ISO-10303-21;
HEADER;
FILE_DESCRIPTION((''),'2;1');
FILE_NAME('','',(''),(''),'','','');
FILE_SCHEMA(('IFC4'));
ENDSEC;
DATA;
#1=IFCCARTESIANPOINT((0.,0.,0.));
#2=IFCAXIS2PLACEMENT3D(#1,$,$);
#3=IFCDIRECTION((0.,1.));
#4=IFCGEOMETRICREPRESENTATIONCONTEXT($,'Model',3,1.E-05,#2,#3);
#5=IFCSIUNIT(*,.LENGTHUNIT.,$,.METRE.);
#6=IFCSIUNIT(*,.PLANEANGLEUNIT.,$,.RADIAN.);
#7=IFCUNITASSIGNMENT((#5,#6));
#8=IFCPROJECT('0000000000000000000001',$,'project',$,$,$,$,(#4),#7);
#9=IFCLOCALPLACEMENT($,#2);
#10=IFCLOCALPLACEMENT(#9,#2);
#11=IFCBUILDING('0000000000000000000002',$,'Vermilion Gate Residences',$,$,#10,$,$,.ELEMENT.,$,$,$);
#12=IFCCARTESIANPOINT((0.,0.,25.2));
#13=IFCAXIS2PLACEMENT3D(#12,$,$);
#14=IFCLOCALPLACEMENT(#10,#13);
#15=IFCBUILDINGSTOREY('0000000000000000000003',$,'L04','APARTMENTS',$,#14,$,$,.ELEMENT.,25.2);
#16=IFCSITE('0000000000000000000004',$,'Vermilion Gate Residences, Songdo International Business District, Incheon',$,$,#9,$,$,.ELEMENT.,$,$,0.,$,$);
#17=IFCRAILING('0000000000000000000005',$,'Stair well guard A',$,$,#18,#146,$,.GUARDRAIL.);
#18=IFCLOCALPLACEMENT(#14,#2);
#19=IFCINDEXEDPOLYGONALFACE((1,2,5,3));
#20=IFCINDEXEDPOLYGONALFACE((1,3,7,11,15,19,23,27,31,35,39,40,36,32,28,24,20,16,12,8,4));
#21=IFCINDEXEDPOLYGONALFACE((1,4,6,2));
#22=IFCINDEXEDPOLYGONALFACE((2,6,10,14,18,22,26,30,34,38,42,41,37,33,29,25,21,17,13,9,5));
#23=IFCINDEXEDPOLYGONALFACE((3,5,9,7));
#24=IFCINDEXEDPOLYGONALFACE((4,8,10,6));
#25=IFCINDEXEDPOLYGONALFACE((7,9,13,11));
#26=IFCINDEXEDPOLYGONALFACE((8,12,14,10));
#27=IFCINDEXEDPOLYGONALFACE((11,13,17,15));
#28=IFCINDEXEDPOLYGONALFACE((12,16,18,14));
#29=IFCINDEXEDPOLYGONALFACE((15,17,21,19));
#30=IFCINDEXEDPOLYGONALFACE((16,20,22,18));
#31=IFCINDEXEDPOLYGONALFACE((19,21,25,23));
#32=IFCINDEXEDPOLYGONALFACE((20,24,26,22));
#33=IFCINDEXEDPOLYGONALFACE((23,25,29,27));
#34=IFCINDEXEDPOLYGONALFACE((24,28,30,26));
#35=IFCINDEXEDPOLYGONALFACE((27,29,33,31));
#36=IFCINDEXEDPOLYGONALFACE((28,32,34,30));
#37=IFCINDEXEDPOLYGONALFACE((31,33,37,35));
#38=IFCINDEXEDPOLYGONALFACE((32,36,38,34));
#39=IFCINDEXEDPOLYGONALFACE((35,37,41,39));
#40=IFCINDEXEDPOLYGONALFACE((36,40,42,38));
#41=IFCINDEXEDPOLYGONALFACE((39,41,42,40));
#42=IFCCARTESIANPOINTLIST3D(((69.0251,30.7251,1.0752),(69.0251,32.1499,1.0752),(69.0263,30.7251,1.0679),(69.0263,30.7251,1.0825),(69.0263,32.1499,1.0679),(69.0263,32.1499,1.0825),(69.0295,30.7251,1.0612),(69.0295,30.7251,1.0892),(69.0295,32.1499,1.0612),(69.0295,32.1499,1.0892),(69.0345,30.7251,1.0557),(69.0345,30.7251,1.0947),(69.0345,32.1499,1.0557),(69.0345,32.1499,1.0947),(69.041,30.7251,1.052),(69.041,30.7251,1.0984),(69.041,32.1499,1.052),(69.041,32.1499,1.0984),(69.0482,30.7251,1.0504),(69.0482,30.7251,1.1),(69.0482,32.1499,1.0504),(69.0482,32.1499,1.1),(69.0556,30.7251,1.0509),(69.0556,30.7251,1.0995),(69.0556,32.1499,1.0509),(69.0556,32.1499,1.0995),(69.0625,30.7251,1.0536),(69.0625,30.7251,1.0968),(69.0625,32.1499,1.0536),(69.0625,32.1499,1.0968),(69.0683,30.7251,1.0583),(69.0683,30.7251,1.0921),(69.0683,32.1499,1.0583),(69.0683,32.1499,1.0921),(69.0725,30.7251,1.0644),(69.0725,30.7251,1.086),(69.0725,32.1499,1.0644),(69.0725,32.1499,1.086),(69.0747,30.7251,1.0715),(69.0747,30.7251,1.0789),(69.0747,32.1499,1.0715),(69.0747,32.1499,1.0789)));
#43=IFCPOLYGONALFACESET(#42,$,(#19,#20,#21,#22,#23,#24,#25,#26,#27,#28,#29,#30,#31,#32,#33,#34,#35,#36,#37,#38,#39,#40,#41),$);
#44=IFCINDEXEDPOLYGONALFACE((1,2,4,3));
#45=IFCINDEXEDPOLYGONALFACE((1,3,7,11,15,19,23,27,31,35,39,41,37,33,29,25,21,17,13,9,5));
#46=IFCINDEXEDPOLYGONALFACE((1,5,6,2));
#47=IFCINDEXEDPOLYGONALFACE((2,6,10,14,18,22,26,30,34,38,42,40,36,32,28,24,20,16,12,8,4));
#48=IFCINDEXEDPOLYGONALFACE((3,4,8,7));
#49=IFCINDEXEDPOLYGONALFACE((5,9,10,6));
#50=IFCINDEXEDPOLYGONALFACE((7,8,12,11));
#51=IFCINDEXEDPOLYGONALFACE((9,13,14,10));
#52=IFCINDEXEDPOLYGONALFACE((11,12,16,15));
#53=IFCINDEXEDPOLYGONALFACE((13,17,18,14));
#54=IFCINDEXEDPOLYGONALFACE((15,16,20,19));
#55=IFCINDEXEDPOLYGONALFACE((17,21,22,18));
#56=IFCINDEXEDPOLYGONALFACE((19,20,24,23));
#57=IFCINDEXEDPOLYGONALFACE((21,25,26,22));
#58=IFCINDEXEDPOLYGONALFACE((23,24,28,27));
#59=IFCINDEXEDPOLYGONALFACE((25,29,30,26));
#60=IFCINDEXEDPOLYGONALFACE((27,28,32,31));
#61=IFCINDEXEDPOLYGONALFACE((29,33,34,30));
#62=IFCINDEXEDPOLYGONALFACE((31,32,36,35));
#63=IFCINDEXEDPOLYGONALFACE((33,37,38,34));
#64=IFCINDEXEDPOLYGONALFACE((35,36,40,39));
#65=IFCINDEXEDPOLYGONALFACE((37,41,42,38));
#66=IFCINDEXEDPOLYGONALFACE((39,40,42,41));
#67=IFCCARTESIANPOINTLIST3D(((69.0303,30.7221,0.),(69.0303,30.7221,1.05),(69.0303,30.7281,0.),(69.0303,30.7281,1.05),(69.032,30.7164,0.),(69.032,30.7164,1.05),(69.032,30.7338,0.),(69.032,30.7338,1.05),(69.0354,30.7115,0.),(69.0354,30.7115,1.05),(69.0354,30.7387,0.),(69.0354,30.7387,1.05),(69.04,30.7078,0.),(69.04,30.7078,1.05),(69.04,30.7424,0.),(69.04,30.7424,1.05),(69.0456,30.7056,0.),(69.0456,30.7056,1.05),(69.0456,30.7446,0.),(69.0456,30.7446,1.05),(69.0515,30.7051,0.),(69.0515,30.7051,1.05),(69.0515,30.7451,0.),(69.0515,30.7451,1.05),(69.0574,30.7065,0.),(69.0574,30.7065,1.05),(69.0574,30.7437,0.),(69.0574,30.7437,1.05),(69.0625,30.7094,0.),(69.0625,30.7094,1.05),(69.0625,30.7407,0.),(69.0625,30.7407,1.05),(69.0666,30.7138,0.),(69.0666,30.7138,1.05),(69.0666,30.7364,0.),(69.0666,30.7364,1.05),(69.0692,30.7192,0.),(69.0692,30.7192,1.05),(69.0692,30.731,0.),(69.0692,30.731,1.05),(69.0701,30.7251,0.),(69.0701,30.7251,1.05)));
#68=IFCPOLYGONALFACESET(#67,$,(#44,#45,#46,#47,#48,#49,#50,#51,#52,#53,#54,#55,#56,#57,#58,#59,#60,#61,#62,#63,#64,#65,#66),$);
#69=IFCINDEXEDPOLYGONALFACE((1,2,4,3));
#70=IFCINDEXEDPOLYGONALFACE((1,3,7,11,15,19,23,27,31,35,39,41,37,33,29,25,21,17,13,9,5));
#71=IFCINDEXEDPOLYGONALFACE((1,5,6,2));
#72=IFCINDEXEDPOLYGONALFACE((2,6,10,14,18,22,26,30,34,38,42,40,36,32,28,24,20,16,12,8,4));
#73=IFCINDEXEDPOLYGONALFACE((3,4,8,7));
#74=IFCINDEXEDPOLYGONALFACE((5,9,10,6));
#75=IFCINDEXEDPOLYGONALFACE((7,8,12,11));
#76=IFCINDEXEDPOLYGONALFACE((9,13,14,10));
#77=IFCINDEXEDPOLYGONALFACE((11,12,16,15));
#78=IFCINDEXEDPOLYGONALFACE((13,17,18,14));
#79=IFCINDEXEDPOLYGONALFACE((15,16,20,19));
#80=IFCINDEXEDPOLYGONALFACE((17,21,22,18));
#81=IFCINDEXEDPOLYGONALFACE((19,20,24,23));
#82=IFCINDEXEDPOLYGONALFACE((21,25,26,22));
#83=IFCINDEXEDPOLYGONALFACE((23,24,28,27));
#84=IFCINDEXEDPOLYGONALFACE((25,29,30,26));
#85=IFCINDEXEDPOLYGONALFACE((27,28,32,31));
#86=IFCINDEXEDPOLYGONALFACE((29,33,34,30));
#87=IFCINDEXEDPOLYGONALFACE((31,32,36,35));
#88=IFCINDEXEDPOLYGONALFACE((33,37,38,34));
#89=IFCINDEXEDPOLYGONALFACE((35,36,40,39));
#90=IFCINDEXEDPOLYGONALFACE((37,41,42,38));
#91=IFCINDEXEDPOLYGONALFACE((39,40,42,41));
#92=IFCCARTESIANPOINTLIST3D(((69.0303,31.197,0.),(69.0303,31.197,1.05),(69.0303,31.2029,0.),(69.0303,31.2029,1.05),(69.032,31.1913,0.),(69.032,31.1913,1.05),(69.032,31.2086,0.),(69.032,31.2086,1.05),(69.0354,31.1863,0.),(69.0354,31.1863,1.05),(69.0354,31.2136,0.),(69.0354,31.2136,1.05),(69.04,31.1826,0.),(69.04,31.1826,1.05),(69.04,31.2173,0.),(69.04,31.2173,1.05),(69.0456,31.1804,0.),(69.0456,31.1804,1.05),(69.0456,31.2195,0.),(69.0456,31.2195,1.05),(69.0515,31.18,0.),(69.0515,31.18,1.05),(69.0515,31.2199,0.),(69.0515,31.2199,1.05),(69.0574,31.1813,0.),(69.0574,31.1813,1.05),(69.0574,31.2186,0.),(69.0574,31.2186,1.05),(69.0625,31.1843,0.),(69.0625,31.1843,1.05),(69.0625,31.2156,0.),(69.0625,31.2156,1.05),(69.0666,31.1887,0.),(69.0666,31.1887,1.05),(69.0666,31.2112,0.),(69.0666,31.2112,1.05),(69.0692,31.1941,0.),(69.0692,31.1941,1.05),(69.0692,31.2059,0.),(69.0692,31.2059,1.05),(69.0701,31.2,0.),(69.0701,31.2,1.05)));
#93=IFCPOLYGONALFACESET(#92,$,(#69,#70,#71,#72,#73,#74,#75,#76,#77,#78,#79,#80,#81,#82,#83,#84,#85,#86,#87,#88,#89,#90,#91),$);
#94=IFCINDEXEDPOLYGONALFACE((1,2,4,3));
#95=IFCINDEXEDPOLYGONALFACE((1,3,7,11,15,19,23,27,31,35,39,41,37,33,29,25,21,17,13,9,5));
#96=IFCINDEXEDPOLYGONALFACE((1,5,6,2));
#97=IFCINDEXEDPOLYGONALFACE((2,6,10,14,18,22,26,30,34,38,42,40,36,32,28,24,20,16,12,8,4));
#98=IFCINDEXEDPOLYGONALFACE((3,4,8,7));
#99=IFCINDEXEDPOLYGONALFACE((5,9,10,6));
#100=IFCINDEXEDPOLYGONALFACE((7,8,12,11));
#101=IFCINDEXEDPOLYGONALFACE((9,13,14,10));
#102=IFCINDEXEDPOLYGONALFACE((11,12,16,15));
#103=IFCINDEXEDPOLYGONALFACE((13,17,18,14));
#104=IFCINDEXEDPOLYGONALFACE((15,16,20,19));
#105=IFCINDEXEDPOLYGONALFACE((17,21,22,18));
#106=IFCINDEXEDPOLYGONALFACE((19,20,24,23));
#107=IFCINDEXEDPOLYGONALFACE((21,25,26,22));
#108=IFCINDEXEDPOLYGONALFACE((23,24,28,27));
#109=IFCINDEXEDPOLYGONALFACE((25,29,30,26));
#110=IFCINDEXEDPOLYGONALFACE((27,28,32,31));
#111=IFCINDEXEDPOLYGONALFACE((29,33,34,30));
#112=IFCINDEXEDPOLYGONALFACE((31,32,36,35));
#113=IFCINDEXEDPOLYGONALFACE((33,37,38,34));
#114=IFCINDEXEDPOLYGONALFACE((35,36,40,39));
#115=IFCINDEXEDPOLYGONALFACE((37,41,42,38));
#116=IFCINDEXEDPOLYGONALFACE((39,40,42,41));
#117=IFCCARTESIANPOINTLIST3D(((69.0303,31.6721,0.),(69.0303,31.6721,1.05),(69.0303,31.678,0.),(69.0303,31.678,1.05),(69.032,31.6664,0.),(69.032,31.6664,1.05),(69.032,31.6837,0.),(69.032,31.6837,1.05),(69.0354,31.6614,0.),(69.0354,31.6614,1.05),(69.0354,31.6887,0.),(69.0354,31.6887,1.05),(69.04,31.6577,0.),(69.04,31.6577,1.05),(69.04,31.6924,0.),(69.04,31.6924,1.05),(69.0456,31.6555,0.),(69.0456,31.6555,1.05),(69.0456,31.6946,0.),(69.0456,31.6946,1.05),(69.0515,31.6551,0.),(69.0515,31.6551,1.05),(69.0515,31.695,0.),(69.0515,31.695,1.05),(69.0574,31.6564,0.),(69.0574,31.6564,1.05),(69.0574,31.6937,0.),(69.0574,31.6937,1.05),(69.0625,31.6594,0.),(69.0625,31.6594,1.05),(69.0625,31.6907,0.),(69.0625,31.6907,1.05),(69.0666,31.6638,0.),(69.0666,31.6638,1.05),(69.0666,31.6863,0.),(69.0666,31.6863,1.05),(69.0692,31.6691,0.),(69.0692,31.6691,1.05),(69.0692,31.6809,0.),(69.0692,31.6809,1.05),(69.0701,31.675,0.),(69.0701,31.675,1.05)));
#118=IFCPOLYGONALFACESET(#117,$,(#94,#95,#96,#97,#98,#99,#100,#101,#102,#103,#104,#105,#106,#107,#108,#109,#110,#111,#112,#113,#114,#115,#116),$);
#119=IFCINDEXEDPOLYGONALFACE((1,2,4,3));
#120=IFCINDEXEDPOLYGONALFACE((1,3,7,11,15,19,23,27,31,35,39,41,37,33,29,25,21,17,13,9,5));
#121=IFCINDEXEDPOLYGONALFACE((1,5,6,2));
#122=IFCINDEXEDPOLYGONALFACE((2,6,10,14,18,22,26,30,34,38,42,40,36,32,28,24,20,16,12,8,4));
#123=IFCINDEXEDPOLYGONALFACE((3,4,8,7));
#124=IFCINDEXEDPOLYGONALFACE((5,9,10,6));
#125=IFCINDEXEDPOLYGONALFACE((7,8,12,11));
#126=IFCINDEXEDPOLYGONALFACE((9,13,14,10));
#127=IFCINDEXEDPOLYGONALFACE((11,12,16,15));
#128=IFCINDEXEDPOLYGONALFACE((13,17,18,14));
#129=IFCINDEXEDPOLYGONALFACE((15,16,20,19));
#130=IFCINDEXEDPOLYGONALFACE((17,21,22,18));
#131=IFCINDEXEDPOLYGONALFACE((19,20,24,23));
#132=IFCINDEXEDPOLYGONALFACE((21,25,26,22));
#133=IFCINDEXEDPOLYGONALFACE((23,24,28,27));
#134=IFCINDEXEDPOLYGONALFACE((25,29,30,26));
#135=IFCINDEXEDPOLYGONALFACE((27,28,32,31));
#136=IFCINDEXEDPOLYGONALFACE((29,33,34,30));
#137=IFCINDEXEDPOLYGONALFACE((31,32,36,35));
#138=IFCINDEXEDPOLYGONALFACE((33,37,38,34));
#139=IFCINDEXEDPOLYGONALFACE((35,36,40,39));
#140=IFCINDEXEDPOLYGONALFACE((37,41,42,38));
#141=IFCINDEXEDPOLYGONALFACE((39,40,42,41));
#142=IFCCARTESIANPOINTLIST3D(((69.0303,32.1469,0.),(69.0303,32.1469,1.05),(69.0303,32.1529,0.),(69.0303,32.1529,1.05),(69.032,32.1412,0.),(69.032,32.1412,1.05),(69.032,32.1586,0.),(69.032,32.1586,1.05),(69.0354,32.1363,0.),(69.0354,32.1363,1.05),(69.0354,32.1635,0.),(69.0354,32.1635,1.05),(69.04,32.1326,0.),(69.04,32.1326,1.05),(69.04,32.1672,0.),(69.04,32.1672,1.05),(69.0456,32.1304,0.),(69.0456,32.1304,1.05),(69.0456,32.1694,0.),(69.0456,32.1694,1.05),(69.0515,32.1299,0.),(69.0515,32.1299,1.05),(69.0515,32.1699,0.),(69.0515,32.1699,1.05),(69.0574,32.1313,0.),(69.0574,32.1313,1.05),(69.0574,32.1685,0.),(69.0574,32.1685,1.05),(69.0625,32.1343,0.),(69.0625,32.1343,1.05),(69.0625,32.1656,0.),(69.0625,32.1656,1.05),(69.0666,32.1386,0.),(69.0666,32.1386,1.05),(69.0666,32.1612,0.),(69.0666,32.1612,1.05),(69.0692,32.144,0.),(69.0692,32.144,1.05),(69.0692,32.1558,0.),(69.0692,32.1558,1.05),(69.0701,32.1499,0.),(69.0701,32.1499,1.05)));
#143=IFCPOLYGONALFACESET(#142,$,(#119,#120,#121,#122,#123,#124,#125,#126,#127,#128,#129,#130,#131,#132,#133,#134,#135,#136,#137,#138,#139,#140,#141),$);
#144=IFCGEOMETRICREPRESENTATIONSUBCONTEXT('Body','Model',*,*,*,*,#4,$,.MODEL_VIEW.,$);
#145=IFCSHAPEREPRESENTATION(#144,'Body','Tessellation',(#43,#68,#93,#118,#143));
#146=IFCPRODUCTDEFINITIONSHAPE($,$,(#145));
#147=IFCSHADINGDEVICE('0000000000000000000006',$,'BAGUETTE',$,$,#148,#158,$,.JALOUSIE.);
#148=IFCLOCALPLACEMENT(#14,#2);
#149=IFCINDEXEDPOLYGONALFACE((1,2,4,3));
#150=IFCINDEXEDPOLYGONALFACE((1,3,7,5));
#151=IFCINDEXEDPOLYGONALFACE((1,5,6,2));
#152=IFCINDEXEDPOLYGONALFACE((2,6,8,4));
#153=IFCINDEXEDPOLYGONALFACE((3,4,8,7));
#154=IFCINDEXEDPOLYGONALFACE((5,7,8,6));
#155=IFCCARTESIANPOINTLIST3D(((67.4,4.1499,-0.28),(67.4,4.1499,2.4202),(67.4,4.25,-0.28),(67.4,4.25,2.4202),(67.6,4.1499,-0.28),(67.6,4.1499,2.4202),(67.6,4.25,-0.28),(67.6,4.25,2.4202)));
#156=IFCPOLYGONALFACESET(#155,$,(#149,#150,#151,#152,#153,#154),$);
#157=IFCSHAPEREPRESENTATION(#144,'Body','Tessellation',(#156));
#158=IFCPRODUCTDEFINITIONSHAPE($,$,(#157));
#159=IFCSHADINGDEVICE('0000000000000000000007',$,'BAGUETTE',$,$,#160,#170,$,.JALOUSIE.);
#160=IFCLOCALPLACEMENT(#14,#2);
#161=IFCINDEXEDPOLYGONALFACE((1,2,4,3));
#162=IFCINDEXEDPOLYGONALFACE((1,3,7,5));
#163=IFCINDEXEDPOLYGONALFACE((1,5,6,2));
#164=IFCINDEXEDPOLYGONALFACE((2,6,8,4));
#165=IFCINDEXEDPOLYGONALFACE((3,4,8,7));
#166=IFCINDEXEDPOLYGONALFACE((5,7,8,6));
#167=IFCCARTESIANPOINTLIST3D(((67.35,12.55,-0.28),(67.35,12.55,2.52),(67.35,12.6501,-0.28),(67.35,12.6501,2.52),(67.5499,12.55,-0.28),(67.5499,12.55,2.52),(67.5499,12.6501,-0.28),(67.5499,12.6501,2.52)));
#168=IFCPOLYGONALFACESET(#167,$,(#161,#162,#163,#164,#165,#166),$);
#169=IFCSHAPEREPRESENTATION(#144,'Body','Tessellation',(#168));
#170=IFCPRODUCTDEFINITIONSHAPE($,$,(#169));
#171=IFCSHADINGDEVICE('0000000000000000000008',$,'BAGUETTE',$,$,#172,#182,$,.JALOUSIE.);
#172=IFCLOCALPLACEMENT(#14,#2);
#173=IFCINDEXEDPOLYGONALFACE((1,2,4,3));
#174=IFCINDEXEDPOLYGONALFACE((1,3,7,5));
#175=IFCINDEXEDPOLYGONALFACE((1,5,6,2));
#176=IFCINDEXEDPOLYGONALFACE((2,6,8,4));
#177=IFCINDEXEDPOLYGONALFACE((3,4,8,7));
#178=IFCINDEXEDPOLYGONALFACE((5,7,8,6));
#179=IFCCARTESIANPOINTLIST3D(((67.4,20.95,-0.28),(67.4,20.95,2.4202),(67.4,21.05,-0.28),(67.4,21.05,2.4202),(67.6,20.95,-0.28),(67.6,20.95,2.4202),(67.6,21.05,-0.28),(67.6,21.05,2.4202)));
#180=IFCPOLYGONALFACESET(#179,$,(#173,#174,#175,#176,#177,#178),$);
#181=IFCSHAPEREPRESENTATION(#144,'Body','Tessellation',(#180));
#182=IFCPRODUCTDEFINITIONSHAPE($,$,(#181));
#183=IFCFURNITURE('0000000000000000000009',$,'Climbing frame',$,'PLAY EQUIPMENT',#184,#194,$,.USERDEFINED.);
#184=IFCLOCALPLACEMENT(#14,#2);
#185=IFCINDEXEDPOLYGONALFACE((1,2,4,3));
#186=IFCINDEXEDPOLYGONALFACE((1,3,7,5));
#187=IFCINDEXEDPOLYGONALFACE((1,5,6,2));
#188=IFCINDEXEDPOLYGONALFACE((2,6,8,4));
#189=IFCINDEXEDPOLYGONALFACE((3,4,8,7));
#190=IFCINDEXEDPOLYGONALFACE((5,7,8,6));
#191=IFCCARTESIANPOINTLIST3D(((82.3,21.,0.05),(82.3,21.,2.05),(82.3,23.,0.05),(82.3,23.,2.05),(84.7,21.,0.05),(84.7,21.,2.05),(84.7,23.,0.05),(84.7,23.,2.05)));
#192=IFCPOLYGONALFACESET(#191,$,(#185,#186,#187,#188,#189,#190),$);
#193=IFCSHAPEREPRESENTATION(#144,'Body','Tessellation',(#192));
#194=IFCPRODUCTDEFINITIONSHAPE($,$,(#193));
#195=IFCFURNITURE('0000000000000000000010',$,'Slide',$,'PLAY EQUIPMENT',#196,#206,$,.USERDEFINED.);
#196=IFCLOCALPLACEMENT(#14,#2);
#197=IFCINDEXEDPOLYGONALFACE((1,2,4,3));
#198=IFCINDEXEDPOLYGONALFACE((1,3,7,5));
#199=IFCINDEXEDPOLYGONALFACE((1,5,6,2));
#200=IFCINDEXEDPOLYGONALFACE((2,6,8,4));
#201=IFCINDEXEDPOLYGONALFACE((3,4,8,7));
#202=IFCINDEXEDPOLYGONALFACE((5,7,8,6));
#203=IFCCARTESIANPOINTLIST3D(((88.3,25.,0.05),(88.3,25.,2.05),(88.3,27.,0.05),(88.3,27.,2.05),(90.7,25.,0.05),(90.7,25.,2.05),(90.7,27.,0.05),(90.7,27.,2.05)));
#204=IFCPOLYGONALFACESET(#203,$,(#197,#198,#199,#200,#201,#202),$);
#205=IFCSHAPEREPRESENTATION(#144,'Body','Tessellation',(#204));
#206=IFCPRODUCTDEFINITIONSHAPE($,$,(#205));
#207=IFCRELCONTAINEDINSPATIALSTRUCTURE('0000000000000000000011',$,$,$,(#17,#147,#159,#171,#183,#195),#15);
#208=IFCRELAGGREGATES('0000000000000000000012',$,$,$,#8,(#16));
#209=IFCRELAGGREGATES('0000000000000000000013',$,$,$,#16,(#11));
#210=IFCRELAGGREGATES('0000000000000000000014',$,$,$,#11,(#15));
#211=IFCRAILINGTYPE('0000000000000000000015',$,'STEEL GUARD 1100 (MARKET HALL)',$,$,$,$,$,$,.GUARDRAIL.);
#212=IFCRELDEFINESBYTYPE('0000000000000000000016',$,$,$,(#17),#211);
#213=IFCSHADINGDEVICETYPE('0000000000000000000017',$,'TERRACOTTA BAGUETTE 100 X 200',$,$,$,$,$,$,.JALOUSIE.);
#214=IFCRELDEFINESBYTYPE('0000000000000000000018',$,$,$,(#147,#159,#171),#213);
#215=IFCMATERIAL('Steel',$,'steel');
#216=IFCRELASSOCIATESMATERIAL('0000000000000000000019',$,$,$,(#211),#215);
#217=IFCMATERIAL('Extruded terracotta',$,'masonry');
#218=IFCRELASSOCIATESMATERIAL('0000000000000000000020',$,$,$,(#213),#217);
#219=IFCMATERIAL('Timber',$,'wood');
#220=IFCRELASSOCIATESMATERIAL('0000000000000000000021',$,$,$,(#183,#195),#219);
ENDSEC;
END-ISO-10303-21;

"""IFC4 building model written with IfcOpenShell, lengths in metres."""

from ifc_helpers import new_model, si_unit, direction, frame, origin, origin_2d, place, context, subcontext, project, spatial, rectangle, circle, extrude, material, material_profile, profile_set, type_object, element, save


model = new_model("IFC4")

# Units and contexts
model_context = context("Model", 3, precision=1e-05, world=origin(), true_north=direction((0.0, 1.0)))
body_context = subcontext(model_context, "Body", "Model", "MODEL_VIEW")
ifc_project = project(units=[si_unit("LENGTHUNIT", "METRE"), si_unit("PLANEANGLEUNIT", "RADIAN")], contexts=[model_context])

# Site, building, storey
site_placement = place(None, origin())
site = spatial("IfcSite", under=ifc_project, at=site_placement, Name="Vermilion Gate Residences, Songdo International Business District, Incheon", CompositionType="ELEMENT", RefElevation=0.0)
building_placement = place(site_placement, origin())
building = spatial("IfcBuilding", under=site, at=building_placement, Name="Vermilion Gate Residences", CompositionType="ELEMENT")
storey_placement = place(building_placement, frame((0.0, 0.0, 25.2)))
storey = spatial("IfcBuildingStorey", under=building, at=storey_placement, Name="L04", Description="APARTMENTS", CompositionType="ELEMENT", Elevation=25.2)

# Railing
ifc_material_1 = material(Name="Steel", Category="steel")
railing_type = type_object("IfcRailingType", Name="STEEL GUARD 1100 (MARKET HALL)", PredefinedType="GUARDRAIL", material=ifc_material_1)
railing_1_placement = place(storey_placement, frame((69.05, 30.7251, 0.0)))
element("IfcRailing", 1, at=railing_1_placement, inside=storey, type_object=railing_type, Name="Stair well guard A", PredefinedType="GUARDRAIL", context=body_context, shape_type="SweptSolid", body=[
    extrude(circle(Radius=0.0249, at=origin_2d()), frame((0.0, 0.0, 1.0752), z_axis=(0.0, 1.0, 0.0), x_axis=(-1.0, 0.0, 0.0)), (0.0, 0.0, 1.0), 1.4248),
    extrude(circle(Radius=0.02, at=origin_2d()), origin(), (0.0, 0.0, 1.0), 1.05),
    extrude(circle(Radius=0.02, at=origin_2d()), frame((0.0, 0.4749, 0.0)), (0.0, 0.0, 1.0), 1.05),
    extrude(circle(Radius=0.02, at=origin_2d()), frame((0.0, 0.95, 0.0)), (0.0, 0.0, 1.0), 1.05),
    extrude(circle(Radius=0.02, at=origin_2d()), frame((0.0, 1.4248, 0.0)), (0.0, 0.0, 1.0), 1.05),
])

# Shading devices
ifc_material_2 = material(Name="Extruded terracotta", Category="masonry")
ifc_material_profile = material_profile(ifc_material_2, rectangle(XDim=0.2, YDim=0.1001, at=origin_2d()), Name="BAGUETTE 100 X 200")
ifc_profile_set = profile_set([ifc_material_profile], Name="Extruded terracotta")
shading_device_type_1 = type_object("IfcShadingDeviceType", Name="TERRACOTTA BAGUETTE 100 X 200", PredefinedType="JALOUSIE", material=ifc_profile_set)
shading_device_1_placement = place(storey_placement, frame((67.5, 4.2, -0.28), z_axis=(0.0, 0.0, 1.0), x_axis=(-1.0, 0.0, 0.0)))
element("IfcShadingDevice", 2, at=shading_device_1_placement, inside=storey, type_object=shading_device_type_1, Name="BAGUETTE", PredefinedType="JALOUSIE", context=body_context, shape_type="SweptSolid", body=[
    extrude(rectangle(XDim=0.2, YDim=0.1001, at=origin_2d()), origin(), (0.0, 0.0, 1.0), 2.7002),
])
shading_device_2_placement = place(storey_placement, frame((67.45, 12.6001, -0.28), z_axis=(0.0, 0.0, 1.0), x_axis=(-1.0, 0.0, 0.0)))
element("IfcShadingDevice", 3, at=shading_device_2_placement, inside=storey, type_object=shading_device_type_1, Name="BAGUETTE", PredefinedType="JALOUSIE", context=body_context, shape_type="SweptSolid", body=[
    extrude(rectangle(XDim=0.2, YDim=0.1001, at=origin_2d()), origin(), (0.0, 0.0, 1.0), 2.8),
])
shading_device_3_placement = place(storey_placement, frame((67.5, 21.0, -0.28), z_axis=(0.0, 0.0, 1.0), x_axis=(-1.0, 0.0, 0.0)))
element("IfcShadingDevice", 4, at=shading_device_3_placement, inside=storey, type_object=shading_device_type_1, Name="BAGUETTE", PredefinedType="JALOUSIE", context=body_context, shape_type="SweptSolid", body=[
    extrude(rectangle(XDim=0.2, YDim=0.1001, at=origin_2d()), origin(), (0.0, 0.0, 1.0), 2.7002),
])

# Furniture
ifc_material_3 = material(Name="Timber", Category="wood")
for number, where, z_axis, x_axis, name in (
    (5, (83.5, 22.0, 0.05), (0.0, 0.0, 1.0), (1.0, 0.0, 0.0), "Climbing frame"),
    (6, (89.5, 26.0, 0.05), (0.0, 0.0, 1.0), (1.0, 0.0, 0.0), "Slide"),
):
    element("IfcFurniture", number, at=place(storey_placement, frame(where, z_axis=z_axis, x_axis=x_axis)), inside=storey, material=ifc_material_3, Name=name, ObjectType="PLAY EQUIPMENT", PredefinedType="USERDEFINED", context=body_context, shape_type="SweptSolid", body=[
        extrude(rectangle(XDim=2.3999, YDim=2.0, at=origin_2d()), origin(), (0.0, 0.0, 1.0), 2.0),
    ])

save(model, "model.ifc")
